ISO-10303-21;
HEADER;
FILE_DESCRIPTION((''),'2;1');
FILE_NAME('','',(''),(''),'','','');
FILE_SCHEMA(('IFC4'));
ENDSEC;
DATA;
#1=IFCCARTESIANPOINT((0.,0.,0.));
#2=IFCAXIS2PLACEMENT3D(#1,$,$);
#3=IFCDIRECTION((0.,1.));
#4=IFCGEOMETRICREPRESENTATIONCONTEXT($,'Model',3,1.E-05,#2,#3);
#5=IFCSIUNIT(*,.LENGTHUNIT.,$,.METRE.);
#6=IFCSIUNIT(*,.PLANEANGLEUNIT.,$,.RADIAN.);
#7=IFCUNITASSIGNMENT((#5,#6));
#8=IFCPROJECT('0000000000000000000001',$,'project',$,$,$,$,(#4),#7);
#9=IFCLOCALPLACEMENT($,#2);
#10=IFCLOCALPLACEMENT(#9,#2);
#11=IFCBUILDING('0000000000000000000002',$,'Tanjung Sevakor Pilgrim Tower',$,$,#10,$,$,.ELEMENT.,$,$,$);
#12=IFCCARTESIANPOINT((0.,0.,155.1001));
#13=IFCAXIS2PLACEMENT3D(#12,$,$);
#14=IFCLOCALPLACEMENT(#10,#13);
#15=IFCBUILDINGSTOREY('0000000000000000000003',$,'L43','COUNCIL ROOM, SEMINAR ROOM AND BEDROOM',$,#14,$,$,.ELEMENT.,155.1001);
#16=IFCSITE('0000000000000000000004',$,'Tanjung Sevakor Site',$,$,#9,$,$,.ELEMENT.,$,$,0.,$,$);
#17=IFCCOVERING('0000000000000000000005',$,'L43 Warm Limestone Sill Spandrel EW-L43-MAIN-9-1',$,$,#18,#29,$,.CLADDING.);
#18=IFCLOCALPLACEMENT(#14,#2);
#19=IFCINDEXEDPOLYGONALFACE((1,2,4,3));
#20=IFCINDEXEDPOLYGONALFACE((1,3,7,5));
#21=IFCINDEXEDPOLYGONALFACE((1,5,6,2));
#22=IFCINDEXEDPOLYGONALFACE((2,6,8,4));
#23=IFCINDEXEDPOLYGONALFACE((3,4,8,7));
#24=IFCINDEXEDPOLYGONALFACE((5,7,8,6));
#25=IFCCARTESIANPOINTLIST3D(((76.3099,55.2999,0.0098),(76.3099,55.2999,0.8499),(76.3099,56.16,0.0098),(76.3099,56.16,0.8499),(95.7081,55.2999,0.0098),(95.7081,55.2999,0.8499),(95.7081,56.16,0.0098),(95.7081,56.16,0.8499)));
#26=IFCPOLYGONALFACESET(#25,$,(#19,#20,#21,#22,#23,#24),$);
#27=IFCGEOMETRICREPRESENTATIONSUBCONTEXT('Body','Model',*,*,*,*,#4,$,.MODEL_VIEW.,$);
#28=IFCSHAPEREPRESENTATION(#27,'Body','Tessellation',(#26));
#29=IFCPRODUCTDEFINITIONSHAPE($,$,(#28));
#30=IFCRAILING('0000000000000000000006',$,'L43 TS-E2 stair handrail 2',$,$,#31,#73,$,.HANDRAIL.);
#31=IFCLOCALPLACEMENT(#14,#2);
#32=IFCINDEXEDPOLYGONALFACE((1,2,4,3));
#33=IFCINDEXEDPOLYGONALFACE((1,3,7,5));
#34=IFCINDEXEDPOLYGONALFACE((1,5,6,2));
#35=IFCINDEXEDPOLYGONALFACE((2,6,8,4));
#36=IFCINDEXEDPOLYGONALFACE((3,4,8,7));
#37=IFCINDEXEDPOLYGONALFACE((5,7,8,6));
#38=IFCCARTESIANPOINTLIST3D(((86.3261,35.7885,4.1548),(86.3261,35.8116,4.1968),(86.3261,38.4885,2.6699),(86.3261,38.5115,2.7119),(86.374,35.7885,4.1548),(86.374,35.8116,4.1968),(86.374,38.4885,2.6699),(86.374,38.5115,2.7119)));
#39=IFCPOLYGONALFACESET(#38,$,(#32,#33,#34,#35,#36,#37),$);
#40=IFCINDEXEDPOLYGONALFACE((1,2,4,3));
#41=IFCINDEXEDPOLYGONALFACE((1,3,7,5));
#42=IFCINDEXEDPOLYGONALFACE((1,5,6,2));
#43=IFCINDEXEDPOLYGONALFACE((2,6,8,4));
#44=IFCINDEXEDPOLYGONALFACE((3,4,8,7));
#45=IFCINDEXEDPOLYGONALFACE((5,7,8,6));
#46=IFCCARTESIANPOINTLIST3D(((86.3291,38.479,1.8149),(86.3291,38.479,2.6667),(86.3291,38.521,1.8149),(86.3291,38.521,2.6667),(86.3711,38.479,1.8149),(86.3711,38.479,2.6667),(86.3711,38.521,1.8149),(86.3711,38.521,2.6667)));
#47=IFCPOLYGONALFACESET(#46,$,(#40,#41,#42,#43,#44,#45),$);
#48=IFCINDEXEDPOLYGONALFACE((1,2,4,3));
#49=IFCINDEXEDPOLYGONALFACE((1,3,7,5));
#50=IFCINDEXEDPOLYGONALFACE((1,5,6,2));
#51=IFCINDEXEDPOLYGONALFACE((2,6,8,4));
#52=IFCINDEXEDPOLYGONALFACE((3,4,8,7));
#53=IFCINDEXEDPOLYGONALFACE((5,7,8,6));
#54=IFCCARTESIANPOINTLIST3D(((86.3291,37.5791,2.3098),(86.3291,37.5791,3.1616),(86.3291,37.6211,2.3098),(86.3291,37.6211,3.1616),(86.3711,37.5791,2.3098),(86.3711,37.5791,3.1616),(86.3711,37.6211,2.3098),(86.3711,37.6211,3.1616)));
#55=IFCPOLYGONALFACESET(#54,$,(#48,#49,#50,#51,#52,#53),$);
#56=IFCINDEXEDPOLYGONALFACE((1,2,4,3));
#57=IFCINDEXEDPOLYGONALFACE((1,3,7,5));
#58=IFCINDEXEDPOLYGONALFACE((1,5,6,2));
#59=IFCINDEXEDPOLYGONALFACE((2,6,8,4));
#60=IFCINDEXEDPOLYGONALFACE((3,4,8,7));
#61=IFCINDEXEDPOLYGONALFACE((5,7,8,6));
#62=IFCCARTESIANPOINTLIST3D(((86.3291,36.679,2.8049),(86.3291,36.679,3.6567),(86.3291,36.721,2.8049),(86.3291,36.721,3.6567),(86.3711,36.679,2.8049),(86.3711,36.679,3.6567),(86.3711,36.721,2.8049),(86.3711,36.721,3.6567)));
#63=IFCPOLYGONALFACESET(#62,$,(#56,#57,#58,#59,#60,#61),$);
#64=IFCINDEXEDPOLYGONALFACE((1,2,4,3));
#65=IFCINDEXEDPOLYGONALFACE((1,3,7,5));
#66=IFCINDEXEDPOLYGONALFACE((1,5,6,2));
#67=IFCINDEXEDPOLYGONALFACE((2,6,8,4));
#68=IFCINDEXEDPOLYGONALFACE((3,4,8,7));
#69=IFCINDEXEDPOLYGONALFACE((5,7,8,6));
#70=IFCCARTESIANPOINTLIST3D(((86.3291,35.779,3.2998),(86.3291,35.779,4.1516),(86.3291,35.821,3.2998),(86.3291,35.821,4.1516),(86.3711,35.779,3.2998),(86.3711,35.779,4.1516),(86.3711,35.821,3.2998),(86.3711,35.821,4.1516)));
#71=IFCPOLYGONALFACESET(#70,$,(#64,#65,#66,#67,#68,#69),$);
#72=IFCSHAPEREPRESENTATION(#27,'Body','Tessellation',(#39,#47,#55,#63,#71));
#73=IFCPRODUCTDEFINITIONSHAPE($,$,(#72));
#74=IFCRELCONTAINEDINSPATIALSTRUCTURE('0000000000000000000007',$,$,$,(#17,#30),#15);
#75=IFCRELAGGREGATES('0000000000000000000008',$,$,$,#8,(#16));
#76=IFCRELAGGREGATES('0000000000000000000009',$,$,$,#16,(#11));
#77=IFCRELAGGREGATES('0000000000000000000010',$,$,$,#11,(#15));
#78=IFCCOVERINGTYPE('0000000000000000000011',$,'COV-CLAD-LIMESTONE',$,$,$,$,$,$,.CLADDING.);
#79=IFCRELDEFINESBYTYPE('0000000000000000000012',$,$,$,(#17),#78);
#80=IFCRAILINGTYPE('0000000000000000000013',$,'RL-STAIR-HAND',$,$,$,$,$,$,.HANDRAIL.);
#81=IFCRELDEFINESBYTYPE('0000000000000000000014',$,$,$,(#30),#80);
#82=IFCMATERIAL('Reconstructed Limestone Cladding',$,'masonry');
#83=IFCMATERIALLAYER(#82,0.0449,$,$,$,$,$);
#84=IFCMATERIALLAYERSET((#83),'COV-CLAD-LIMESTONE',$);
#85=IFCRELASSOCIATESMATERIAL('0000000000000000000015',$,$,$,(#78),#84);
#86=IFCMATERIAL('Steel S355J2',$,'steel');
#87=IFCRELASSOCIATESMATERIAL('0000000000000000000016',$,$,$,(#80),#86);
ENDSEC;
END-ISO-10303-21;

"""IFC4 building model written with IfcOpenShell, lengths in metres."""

from ifc_helpers import new_model, si_unit, direction, frame, origin, origin_2d, place, context, subcontext, project, spatial, rectangle, extrude, material, layer, layer_set, type_object, element, save


model = new_model("IFC4")

# Units and contexts
model_context = context("Model", 3, precision=1e-05, world=origin(), true_north=direction((0.0, 1.0)))
body_context = subcontext(model_context, "Body", "Model", "MODEL_VIEW")
ifc_project = project(units=[si_unit("LENGTHUNIT", "METRE"), si_unit("PLANEANGLEUNIT", "RADIAN")], contexts=[model_context])

# Site, building, storey
site_placement = place(None, origin())
site = spatial("IfcSite", under=ifc_project, at=site_placement, Name="Tanjung Sevakor Site", CompositionType="ELEMENT", RefElevation=0.0)
building_placement = place(site_placement, origin())
building = spatial("IfcBuilding", under=site, at=building_placement, Name="Tanjung Sevakor Pilgrim Tower", CompositionType="ELEMENT")
storey_placement = place(building_placement, frame((0.0, 0.0, 155.1001)))
storey = spatial("IfcBuildingStorey", under=building, at=storey_placement, Name="L43", Description="COUNCIL ROOM, SEMINAR ROOM AND BEDROOM", CompositionType="ELEMENT", Elevation=155.1001)

# Covering
ifc_material_1 = material(Name="Reconstructed Limestone Cladding", Category="masonry")
ifc_layer_1 = layer(ifc_material_1, 0.0449)
ifc_layer_set_1 = layer_set([ifc_layer_1], Name="COV-CLAD-LIMESTONE")
covering_type = type_object("IfcCoveringType", Name="COV-CLAD-LIMESTONE", PredefinedType="CLADDING", material=ifc_layer_set_1)
covering_placement = place(storey_placement, frame((86.009, 55.73, 0.0098), z_axis=(0.0, 0.0, 1.0), x_axis=(-1.0, 0.0, 0.0)))
element("IfcCovering", 1, at=covering_placement, inside=storey, type_object=covering_type, Name="L43 Warm Limestone Sill Spandrel EW-L43-MAIN-9-1", PredefinedType="CLADDING", context=body_context, shape_type="SweptSolid", body=[
    extrude(rectangle(XDim=19.3982, YDim=0.8601, at=origin_2d()), origin(), (0.0, 0.0, 1.0), 0.8401),
])

# Railing
ifc_material_2 = material(Name="Steel S355J2", Category="steel")
railing_type = type_object("IfcRailingType", Name="RL-STAIR-HAND", PredefinedType="HANDRAIL", material=ifc_material_2)
railing_placement = place(storey_placement, frame((86.3501, 38.5, 1.8149)))
element("IfcRailing", 2, at=railing_placement, inside=storey, type_object=railing_type, Name="L43 TS-E2 stair handrail 2", PredefinedType="HANDRAIL", context=body_context, shape_type="SweptSolid", body=[
    extrude(rectangle(XDim=0.0479, YDim=0.0479), frame((0.0, 0.0, 0.876), z_axis=(0.0, -0.876231, 0.481891), x_axis=(1.0, 0.0, 0.0)), (0.0, 0.0, 1.0), 3.0813),
    extrude(rectangle(XDim=0.042, YDim=0.042), origin(), (0.0, 0.0, 1.0), 0.8518),
    extrude(rectangle(XDim=0.042, YDim=0.042), frame((0.0, -0.8999, 0.4949)), (0.0, 0.0, 1.0), 0.8518),
    extrude(rectangle(XDim=0.042, YDim=0.042), frame((0.0, -1.8, 0.99)), (0.0, 0.0, 1.0), 0.8518),
    extrude(rectangle(XDim=0.042, YDim=0.042), frame((0.0, -2.7, 1.4849)), (0.0, 0.0, 1.0), 0.8518),
])

save(model, "model.ifc")
